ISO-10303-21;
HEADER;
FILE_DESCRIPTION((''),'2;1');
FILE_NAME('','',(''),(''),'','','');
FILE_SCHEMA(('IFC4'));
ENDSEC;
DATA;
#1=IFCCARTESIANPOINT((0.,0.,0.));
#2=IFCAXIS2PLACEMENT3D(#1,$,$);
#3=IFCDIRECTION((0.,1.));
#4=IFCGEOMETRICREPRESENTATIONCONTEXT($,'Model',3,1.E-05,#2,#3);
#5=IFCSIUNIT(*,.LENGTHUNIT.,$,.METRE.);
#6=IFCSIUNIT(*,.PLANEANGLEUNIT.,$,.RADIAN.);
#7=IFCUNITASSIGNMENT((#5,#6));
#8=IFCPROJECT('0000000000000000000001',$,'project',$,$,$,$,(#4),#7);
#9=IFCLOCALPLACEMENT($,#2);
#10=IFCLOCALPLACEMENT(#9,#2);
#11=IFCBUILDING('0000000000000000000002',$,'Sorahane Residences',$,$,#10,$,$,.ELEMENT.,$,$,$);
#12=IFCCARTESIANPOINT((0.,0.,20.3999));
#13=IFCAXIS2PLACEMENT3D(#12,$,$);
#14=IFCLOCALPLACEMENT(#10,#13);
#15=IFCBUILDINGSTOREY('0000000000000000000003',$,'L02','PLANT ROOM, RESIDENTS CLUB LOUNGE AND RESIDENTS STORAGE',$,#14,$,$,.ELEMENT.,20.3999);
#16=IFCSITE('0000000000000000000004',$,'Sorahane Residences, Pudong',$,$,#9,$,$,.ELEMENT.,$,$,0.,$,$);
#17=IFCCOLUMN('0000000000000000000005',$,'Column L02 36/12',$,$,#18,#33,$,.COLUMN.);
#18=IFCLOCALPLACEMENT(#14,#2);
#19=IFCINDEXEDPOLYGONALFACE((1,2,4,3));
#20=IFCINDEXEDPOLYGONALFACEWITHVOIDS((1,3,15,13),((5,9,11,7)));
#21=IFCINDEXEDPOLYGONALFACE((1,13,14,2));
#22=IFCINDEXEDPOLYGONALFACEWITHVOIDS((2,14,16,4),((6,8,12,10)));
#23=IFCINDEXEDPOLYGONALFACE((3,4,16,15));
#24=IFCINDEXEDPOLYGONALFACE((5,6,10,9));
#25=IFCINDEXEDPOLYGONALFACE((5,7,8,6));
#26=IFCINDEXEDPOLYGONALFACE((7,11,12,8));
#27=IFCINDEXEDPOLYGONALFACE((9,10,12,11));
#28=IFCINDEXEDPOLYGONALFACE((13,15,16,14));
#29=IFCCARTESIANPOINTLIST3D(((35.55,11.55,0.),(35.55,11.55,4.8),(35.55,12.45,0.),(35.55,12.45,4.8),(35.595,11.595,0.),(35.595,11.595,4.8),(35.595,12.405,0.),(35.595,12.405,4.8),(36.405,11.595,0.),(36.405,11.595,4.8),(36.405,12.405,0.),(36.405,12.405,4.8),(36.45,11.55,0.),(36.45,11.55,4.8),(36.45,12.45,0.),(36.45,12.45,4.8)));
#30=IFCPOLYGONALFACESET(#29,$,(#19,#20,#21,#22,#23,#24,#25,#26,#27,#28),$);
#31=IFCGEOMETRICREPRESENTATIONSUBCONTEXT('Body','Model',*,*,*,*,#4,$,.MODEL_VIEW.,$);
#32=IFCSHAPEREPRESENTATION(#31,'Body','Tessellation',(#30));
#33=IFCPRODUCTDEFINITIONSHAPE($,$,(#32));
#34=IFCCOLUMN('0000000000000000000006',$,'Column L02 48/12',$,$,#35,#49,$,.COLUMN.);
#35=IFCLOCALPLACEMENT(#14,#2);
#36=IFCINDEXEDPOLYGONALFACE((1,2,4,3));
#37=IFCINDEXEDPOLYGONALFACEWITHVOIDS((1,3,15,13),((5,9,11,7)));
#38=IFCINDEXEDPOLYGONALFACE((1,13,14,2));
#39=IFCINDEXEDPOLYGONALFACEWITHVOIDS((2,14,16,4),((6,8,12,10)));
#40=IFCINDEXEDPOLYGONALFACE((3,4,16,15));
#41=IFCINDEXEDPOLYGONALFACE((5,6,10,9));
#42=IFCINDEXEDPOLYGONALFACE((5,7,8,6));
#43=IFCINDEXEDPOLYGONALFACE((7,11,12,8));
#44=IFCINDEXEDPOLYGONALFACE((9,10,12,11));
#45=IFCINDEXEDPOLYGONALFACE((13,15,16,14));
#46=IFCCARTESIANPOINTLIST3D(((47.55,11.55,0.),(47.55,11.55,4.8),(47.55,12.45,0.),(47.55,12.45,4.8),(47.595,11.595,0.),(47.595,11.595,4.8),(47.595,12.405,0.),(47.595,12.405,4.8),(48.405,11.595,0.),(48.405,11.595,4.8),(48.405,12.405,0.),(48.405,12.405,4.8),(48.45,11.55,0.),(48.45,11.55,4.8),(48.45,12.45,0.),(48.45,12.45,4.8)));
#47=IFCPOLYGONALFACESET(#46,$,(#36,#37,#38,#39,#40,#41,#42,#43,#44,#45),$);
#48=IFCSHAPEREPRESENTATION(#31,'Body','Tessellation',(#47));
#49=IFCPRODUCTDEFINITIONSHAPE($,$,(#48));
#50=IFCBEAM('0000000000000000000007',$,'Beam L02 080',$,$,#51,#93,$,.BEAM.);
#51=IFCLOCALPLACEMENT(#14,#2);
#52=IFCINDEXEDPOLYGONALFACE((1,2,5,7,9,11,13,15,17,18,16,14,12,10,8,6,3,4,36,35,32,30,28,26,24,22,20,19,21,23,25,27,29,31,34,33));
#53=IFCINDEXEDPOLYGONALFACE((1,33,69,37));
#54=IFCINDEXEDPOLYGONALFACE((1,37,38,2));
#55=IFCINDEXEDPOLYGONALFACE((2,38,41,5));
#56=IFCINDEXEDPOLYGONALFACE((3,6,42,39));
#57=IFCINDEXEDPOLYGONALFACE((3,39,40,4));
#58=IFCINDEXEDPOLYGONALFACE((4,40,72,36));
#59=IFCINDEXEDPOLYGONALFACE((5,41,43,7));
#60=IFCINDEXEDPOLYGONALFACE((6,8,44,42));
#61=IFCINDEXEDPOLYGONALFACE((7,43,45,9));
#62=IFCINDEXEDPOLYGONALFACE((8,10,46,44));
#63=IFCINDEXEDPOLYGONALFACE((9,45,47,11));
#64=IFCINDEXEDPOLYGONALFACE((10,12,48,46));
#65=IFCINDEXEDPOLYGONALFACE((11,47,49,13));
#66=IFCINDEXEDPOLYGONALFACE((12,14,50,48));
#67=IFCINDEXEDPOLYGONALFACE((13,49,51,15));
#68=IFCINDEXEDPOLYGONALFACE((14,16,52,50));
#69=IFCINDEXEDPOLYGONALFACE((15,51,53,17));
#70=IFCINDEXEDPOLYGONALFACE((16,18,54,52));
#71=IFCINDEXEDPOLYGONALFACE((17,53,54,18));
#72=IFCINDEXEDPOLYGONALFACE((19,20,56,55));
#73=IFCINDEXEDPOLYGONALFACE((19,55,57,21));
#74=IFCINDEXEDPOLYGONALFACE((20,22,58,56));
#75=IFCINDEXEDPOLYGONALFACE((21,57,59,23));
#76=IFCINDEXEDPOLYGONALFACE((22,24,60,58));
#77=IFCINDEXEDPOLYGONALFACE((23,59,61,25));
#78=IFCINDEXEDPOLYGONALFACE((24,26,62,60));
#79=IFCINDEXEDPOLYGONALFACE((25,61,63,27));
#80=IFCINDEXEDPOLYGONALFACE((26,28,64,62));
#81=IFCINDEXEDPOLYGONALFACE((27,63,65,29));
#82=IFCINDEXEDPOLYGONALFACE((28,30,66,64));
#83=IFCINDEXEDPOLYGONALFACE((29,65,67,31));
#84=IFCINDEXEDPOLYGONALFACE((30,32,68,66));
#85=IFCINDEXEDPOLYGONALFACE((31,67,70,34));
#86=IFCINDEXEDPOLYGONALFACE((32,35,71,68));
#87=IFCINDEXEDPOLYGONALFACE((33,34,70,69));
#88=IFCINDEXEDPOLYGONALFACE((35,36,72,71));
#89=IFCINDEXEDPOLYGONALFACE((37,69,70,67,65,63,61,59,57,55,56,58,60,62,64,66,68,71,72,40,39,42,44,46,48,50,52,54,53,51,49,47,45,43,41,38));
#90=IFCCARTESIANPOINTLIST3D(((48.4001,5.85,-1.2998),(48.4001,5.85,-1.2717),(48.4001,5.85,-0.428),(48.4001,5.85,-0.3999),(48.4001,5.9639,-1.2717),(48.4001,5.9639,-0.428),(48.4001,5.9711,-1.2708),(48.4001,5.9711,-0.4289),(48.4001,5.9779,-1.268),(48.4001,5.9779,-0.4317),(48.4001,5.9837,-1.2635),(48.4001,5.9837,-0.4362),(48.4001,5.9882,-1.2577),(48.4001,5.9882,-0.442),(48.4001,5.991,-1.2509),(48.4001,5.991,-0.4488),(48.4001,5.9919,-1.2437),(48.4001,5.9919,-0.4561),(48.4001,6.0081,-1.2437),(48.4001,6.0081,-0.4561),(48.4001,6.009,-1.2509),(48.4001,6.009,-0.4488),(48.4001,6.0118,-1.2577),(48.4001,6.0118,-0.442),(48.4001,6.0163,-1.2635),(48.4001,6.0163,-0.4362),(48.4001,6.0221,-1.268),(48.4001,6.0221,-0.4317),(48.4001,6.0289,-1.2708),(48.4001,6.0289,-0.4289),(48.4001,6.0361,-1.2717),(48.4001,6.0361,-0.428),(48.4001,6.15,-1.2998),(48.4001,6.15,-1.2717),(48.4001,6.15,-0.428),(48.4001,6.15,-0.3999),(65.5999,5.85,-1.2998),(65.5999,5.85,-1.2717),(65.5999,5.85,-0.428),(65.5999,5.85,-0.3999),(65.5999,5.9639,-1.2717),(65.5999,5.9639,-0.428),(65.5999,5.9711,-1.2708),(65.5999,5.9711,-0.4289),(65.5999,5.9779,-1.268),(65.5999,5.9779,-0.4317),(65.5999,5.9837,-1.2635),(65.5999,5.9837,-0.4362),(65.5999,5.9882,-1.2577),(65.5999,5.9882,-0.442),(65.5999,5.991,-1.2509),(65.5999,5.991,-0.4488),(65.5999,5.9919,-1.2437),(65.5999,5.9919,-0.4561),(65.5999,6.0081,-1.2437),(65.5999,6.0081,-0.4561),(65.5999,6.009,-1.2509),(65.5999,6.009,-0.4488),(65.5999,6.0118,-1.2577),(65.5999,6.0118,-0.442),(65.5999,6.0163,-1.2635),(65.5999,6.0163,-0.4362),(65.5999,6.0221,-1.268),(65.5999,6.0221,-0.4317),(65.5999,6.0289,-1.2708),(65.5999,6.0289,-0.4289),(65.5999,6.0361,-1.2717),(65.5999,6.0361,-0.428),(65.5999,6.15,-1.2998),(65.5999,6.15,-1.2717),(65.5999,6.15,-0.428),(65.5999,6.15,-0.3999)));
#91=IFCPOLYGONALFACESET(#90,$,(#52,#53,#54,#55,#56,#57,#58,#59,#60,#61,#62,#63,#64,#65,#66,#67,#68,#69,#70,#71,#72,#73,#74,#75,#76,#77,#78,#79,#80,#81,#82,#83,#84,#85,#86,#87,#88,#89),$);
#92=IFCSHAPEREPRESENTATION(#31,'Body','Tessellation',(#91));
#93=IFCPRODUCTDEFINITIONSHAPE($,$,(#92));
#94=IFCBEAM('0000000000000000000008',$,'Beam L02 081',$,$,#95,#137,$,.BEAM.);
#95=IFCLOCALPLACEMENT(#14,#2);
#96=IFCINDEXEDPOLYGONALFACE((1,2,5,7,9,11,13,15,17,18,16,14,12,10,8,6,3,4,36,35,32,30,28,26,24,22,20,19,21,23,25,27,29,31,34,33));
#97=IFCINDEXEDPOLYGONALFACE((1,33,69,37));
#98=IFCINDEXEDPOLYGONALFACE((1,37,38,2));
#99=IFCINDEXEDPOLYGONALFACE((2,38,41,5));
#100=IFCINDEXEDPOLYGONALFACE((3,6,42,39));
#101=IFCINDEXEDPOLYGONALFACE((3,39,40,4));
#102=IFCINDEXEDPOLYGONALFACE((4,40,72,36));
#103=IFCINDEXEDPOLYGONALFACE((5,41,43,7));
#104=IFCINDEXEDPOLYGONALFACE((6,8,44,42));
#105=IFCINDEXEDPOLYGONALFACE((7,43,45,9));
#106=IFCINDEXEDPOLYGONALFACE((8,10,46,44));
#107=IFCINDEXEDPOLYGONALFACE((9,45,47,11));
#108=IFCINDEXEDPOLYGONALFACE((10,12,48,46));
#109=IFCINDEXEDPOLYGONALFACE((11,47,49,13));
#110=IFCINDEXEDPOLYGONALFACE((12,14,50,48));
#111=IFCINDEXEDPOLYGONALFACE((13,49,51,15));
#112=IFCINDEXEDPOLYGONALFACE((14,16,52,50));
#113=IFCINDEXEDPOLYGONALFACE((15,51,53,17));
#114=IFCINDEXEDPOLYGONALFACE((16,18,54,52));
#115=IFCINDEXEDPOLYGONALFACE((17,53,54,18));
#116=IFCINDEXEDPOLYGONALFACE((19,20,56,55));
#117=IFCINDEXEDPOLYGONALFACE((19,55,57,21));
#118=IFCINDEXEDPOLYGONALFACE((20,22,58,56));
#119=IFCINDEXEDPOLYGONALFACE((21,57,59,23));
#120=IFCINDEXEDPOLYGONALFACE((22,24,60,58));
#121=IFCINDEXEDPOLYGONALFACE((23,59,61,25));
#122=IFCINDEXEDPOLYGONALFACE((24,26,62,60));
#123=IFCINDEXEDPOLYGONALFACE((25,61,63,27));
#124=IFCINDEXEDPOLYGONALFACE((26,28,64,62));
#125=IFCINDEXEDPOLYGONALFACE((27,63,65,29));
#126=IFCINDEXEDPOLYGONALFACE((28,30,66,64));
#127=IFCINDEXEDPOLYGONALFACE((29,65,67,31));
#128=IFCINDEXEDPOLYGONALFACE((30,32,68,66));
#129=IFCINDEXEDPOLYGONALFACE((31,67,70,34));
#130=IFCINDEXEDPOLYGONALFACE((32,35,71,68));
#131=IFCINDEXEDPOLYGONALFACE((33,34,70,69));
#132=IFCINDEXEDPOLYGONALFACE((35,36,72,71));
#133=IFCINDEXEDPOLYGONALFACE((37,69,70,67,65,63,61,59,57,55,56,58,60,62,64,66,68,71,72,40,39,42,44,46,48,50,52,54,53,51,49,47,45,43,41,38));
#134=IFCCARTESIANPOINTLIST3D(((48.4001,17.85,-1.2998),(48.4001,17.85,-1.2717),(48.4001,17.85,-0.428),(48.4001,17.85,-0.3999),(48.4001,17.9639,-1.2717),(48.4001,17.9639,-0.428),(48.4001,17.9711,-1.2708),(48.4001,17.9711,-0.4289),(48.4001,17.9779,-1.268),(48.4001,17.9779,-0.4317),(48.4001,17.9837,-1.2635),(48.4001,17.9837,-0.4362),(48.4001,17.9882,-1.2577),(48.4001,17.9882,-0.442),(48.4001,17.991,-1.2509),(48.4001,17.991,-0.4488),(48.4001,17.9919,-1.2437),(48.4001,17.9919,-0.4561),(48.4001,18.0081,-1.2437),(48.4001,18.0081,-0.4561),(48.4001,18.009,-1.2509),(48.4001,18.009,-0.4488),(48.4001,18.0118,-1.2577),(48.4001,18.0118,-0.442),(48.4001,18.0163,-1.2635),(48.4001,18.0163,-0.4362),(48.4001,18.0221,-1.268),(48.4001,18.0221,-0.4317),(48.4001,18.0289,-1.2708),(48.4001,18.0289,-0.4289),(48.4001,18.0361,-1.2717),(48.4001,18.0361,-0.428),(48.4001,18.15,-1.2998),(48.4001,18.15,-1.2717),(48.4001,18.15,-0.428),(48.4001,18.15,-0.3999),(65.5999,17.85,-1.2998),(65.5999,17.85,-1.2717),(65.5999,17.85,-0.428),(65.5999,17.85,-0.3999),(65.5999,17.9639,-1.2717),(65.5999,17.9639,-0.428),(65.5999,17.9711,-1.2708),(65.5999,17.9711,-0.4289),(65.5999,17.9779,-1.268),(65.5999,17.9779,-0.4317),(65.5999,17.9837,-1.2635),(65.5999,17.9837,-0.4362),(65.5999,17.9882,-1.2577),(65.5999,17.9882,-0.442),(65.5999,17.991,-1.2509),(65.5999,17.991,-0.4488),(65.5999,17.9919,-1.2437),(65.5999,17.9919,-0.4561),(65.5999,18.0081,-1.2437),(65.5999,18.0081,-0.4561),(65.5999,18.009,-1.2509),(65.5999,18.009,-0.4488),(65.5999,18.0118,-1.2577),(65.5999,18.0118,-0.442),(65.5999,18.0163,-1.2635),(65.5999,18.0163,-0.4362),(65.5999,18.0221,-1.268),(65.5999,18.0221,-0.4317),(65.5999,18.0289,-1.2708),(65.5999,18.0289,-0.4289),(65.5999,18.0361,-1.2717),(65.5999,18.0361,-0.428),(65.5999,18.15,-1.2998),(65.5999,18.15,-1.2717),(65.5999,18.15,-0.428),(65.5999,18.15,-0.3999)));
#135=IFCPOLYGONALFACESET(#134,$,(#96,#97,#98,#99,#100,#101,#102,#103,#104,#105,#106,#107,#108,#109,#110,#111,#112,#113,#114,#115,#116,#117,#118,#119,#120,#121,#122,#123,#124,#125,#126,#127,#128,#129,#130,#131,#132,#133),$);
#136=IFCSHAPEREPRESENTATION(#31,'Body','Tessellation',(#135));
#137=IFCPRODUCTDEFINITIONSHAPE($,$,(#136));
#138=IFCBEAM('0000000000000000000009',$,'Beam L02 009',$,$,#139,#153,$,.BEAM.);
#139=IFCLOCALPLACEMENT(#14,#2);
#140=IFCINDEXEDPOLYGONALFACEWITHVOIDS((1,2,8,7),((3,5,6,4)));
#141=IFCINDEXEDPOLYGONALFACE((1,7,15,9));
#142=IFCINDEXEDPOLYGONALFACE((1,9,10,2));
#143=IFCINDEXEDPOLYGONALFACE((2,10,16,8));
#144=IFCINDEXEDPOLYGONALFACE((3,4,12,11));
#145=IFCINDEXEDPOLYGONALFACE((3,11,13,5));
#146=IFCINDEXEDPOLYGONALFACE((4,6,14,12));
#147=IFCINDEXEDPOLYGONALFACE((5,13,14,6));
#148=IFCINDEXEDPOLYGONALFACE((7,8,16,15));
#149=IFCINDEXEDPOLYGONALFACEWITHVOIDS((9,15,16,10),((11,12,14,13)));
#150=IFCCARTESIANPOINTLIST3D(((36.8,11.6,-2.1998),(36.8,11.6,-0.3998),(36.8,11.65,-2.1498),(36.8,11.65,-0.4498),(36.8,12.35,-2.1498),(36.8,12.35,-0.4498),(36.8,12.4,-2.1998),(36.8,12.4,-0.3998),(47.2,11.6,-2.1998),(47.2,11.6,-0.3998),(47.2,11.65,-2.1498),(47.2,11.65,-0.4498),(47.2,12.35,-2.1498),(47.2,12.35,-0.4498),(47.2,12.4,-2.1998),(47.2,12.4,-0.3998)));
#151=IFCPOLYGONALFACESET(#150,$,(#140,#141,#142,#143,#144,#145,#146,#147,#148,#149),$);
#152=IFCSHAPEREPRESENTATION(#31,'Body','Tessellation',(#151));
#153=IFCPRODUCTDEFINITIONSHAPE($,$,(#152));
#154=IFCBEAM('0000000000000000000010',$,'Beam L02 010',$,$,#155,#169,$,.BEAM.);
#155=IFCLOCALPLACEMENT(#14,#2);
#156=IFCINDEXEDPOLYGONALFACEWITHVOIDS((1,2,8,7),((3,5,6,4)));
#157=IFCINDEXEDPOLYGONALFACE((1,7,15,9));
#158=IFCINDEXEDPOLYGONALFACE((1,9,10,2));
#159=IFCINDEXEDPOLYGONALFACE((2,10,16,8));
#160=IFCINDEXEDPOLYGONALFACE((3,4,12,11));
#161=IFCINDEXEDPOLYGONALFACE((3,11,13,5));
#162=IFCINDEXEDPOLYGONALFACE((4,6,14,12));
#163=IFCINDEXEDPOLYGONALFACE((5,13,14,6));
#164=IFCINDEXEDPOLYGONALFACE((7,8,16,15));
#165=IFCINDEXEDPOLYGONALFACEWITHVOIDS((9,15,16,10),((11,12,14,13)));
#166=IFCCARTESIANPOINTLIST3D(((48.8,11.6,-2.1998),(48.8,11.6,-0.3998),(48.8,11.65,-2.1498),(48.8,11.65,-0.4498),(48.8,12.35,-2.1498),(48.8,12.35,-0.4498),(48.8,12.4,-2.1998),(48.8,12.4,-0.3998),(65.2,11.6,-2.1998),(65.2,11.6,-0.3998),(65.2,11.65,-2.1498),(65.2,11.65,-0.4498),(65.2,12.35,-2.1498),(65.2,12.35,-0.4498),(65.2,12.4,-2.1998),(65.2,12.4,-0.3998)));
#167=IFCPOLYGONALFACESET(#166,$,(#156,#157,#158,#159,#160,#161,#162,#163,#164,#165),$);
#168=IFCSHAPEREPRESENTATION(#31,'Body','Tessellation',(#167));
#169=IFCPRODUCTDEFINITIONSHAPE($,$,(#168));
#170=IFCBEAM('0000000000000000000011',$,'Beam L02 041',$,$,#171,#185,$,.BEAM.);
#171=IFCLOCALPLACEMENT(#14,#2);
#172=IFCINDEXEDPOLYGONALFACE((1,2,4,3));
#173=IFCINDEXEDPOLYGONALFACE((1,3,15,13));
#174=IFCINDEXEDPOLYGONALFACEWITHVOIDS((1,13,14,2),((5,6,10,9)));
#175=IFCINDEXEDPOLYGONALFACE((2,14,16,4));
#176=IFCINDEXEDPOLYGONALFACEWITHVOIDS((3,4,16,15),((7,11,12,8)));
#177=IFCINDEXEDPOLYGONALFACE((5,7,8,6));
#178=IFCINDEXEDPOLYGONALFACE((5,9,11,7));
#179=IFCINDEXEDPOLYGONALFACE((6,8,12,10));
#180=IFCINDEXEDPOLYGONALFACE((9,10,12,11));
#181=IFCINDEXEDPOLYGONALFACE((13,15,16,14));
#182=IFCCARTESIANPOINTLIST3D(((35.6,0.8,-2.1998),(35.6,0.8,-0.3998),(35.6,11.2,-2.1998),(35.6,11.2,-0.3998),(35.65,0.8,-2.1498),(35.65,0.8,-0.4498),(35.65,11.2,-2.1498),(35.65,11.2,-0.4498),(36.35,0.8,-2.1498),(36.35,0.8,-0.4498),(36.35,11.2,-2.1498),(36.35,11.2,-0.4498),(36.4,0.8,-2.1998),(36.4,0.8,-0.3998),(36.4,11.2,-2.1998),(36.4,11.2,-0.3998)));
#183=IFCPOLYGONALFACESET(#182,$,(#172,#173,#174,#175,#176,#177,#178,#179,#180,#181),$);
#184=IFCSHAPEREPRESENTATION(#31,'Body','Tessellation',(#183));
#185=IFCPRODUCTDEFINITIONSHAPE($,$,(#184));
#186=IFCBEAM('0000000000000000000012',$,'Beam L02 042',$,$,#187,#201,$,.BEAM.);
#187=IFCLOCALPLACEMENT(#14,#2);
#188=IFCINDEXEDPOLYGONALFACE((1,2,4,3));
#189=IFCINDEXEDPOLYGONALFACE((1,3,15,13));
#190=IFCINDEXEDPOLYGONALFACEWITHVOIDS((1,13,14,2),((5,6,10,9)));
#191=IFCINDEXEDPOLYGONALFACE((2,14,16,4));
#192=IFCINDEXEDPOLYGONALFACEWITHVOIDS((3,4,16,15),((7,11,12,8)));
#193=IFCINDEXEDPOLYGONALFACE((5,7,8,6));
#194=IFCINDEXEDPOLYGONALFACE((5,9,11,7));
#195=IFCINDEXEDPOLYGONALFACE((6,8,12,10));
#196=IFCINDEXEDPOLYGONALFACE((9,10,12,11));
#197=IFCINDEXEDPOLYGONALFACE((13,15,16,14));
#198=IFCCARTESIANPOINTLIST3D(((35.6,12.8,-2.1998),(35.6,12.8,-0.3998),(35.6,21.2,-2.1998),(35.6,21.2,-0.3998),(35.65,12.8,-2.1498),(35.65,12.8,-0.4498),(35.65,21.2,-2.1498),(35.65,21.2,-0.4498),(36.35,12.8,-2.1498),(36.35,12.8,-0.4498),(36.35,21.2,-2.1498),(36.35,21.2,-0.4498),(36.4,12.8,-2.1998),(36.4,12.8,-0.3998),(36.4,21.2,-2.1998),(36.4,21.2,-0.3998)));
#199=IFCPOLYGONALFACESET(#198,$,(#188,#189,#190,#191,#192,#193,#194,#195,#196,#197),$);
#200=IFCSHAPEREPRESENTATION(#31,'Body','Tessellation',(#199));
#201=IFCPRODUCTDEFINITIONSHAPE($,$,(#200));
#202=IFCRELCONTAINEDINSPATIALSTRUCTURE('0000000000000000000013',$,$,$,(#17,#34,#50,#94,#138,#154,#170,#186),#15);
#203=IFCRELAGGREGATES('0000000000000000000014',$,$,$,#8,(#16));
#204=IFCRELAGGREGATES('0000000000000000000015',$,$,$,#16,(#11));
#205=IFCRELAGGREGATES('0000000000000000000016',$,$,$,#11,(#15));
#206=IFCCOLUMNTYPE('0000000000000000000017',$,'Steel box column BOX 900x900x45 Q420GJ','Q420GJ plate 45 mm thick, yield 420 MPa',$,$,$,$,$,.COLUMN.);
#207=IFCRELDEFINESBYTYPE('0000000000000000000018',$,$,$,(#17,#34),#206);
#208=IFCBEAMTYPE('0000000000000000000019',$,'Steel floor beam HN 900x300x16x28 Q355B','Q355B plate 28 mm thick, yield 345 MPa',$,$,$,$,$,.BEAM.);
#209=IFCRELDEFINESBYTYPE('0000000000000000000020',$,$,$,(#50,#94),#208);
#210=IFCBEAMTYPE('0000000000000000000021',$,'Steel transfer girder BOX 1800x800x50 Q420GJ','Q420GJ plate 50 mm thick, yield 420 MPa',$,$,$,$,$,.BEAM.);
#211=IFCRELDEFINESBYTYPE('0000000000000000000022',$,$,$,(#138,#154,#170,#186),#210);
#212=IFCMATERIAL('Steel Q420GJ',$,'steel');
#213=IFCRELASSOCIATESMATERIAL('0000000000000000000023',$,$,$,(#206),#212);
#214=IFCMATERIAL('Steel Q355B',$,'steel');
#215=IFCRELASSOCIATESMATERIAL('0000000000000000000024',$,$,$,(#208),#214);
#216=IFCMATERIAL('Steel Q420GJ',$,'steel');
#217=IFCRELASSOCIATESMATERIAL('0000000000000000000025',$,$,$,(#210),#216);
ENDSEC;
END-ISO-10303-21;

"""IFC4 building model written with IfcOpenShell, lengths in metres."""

from ifc_helpers import new_model, si_unit, direction, frame, origin, origin_2d, place, context, subcontext, project, spatial, hollow_rectangle, i_section, extrude, material, material_profile, profile_set, type_object, element, save


model = new_model("IFC4")

# Units and contexts
model_context = context("Model", 3, precision=1e-05, world=origin(), true_north=direction((0.0, 1.0)))
body_context = subcontext(model_context, "Body", "Model", "MODEL_VIEW")
ifc_project = project(units=[si_unit("LENGTHUNIT", "METRE"), si_unit("PLANEANGLEUNIT", "RADIAN")], contexts=[model_context])

# Site, building, storey
site_placement = place(None, origin())
site = spatial("IfcSite", under=ifc_project, at=site_placement, Name="Sorahane Residences, Pudong", CompositionType="ELEMENT", RefElevation=0.0)
building_placement = place(site_placement, origin())
building = spatial("IfcBuilding", under=site, at=building_placement, Name="Sorahane Residences", CompositionType="ELEMENT")
storey_placement = place(building_placement, frame((0.0, 0.0, 20.3999)))
storey = spatial("IfcBuildingStorey", under=building, at=storey_placement, Name="L02", Description="PLANT ROOM, RESIDENTS CLUB LOUNGE AND RESIDENTS STORAGE", CompositionType="ELEMENT", Elevation=20.3999)

# Columns
ifc_material_1 = material(Name="Steel Q420GJ", Category="steel")
ifc_material_profile_1 = material_profile(ifc_material_1, hollow_rectangle(XDim=0.8999, YDim=0.8999, WallThickness=0.0449, at=origin_2d()), Name="BOX 900x900x45")
ifc_profile_set_1 = profile_set([ifc_material_profile_1], Name="Steel Q420GJ")
column_type = type_object("IfcColumnType", Name="Steel box column BOX 900x900x45 Q420GJ", Description="Q420GJ plate 45 mm thick, yield 420 MPa", PredefinedType="COLUMN", material=ifc_profile_set_1)
for number, where, z_axis, x_axis, name in (
    (1, (36.0, 12.0, 0.0), (0.0, 0.0, 1.0), (1.0, 0.0, 0.0), "Column L02 36/12"),
    (2, (48.0, 12.0, 0.0), (0.0, 0.0, 1.0), (1.0, 0.0, 0.0), "Column L02 48/12"),
):
    element("IfcColumn", number, at=place(storey_placement, frame(where, z_axis=z_axis, x_axis=x_axis)), inside=storey, type_object=column_type, Name=name, PredefinedType="COLUMN", context=body_context, shape_type="SweptSolid", body=[
        extrude(hollow_rectangle(XDim=0.8999, YDim=0.8999, WallThickness=0.0449, at=origin_2d()), origin(), (0.0, 0.0, 1.0), 4.8),
    ])

# Beams
ifc_material_2 = material(Name="Steel Q355B", Category="steel")
ifc_material_profile_2 = material_profile(ifc_material_2, i_section(OverallWidth=0.3, OverallDepth=0.8999, WebThickness=0.0161, FlangeThickness=0.0281, FilletRadius=0.0281, at=origin_2d()), Name="HN 900x300x16x28")
ifc_profile_set_2 = profile_set([ifc_material_profile_2], Name="Steel Q355B")
beam_type_1 = type_object("IfcBeamType", Name="Steel floor beam HN 900x300x16x28 Q355B", Description="Q355B plate 28 mm thick, yield 345 MPa", PredefinedType="BEAM", material=ifc_profile_set_2)
for number, where, z_axis, x_axis, name in (
    (3, (48.4001, 6.0, -0.8499), (1.0, 0.0, 0.0), (0.0, 1.0, 0.0), "Beam L02 080"),
    (4, (48.4001, 18.0, -0.8499), (1.0, 0.0, 0.0), (0.0, 1.0, 0.0), "Beam L02 081"),
):
    element("IfcBeam", number, at=place(storey_placement, frame(where, z_axis=z_axis, x_axis=x_axis)), inside=storey, type_object=beam_type_1, Name=name, PredefinedType="BEAM", context=body_context, shape_type="SweptSolid", body=[
        extrude(i_section(OverallWidth=0.3, OverallDepth=0.8999, WebThickness=0.0161, FlangeThickness=0.0281, FilletRadius=0.0281, at=origin_2d()), origin(), (0.0, 0.0, 1.0), 17.1997),
    ])
ifc_material_3 = material(Name="Steel Q420GJ", Category="steel")
ifc_material_profile_3 = material_profile(ifc_material_3, hollow_rectangle(XDim=0.8, YDim=1.8, WallThickness=0.05, at=origin_2d()), Name="BOX 1800x800x50")
ifc_profile_set_3 = profile_set([ifc_material_profile_3], Name="Steel Q420GJ")
beam_type_2 = type_object("IfcBeamType", Name="Steel transfer girder BOX 1800x800x50 Q420GJ", Description="Q420GJ plate 50 mm thick, yield 420 MPa", PredefinedType="BEAM", material=ifc_profile_set_3)
beam_1_placement = place(storey_placement, frame((36.8, 12.0, -1.2998), z_axis=(1.0, 0.0, 0.0), x_axis=(0.0, 1.0, 0.0)))
element("IfcBeam", 5, at=beam_1_placement, inside=storey, type_object=beam_type_2, Name="Beam L02 009", PredefinedType="BEAM", context=body_context, shape_type="SweptSolid", body=[
    extrude(hollow_rectangle(XDim=0.8, YDim=1.8, WallThickness=0.05, at=origin_2d()), origin(), (0.0, 0.0, 1.0), 10.3999),
])
beam_2_placement = place(storey_placement, frame((48.8, 12.0, -1.2998), z_axis=(1.0, 0.0, 0.0), x_axis=(0.0, 1.0, 0.0)))
element("IfcBeam", 6, at=beam_2_placement, inside=storey, type_object=beam_type_2, Name="Beam L02 010", PredefinedType="BEAM", context=body_context, shape_type="SweptSolid", body=[
    extrude(hollow_rectangle(XDim=0.8, YDim=1.8, WallThickness=0.05, at=origin_2d()), origin(), (0.0, 0.0, 1.0), 16.3999),
])
beam_3_placement = place(storey_placement, frame((36.0, 0.8, -1.2998), z_axis=(0.0, 1.0, 0.0), x_axis=(-1.0, 0.0, 0.0)))
element("IfcBeam", 7, at=beam_3_placement, inside=storey, type_object=beam_type_2, Name="Beam L02 041", PredefinedType="BEAM", context=body_context, shape_type="SweptSolid", body=[
    extrude(hollow_rectangle(XDim=0.8, YDim=1.8, WallThickness=0.05, at=origin_2d()), origin(), (0.0, 0.0, 1.0), 10.3999),
])
beam_4_placement = place(storey_placement, frame((36.0, 12.8, -1.2998), z_axis=(0.0, 1.0, 0.0), x_axis=(-1.0, 0.0, 0.0)))
element("IfcBeam", 8, at=beam_4_placement, inside=storey, type_object=beam_type_2, Name="Beam L02 042", PredefinedType="BEAM", context=body_context, shape_type="SweptSolid", body=[
    extrude(hollow_rectangle(XDim=0.8, YDim=1.8, WallThickness=0.05, at=origin_2d()), origin(), (0.0, 0.0, 1.0), 8.3999),
])

save(model, "model.ifc")
